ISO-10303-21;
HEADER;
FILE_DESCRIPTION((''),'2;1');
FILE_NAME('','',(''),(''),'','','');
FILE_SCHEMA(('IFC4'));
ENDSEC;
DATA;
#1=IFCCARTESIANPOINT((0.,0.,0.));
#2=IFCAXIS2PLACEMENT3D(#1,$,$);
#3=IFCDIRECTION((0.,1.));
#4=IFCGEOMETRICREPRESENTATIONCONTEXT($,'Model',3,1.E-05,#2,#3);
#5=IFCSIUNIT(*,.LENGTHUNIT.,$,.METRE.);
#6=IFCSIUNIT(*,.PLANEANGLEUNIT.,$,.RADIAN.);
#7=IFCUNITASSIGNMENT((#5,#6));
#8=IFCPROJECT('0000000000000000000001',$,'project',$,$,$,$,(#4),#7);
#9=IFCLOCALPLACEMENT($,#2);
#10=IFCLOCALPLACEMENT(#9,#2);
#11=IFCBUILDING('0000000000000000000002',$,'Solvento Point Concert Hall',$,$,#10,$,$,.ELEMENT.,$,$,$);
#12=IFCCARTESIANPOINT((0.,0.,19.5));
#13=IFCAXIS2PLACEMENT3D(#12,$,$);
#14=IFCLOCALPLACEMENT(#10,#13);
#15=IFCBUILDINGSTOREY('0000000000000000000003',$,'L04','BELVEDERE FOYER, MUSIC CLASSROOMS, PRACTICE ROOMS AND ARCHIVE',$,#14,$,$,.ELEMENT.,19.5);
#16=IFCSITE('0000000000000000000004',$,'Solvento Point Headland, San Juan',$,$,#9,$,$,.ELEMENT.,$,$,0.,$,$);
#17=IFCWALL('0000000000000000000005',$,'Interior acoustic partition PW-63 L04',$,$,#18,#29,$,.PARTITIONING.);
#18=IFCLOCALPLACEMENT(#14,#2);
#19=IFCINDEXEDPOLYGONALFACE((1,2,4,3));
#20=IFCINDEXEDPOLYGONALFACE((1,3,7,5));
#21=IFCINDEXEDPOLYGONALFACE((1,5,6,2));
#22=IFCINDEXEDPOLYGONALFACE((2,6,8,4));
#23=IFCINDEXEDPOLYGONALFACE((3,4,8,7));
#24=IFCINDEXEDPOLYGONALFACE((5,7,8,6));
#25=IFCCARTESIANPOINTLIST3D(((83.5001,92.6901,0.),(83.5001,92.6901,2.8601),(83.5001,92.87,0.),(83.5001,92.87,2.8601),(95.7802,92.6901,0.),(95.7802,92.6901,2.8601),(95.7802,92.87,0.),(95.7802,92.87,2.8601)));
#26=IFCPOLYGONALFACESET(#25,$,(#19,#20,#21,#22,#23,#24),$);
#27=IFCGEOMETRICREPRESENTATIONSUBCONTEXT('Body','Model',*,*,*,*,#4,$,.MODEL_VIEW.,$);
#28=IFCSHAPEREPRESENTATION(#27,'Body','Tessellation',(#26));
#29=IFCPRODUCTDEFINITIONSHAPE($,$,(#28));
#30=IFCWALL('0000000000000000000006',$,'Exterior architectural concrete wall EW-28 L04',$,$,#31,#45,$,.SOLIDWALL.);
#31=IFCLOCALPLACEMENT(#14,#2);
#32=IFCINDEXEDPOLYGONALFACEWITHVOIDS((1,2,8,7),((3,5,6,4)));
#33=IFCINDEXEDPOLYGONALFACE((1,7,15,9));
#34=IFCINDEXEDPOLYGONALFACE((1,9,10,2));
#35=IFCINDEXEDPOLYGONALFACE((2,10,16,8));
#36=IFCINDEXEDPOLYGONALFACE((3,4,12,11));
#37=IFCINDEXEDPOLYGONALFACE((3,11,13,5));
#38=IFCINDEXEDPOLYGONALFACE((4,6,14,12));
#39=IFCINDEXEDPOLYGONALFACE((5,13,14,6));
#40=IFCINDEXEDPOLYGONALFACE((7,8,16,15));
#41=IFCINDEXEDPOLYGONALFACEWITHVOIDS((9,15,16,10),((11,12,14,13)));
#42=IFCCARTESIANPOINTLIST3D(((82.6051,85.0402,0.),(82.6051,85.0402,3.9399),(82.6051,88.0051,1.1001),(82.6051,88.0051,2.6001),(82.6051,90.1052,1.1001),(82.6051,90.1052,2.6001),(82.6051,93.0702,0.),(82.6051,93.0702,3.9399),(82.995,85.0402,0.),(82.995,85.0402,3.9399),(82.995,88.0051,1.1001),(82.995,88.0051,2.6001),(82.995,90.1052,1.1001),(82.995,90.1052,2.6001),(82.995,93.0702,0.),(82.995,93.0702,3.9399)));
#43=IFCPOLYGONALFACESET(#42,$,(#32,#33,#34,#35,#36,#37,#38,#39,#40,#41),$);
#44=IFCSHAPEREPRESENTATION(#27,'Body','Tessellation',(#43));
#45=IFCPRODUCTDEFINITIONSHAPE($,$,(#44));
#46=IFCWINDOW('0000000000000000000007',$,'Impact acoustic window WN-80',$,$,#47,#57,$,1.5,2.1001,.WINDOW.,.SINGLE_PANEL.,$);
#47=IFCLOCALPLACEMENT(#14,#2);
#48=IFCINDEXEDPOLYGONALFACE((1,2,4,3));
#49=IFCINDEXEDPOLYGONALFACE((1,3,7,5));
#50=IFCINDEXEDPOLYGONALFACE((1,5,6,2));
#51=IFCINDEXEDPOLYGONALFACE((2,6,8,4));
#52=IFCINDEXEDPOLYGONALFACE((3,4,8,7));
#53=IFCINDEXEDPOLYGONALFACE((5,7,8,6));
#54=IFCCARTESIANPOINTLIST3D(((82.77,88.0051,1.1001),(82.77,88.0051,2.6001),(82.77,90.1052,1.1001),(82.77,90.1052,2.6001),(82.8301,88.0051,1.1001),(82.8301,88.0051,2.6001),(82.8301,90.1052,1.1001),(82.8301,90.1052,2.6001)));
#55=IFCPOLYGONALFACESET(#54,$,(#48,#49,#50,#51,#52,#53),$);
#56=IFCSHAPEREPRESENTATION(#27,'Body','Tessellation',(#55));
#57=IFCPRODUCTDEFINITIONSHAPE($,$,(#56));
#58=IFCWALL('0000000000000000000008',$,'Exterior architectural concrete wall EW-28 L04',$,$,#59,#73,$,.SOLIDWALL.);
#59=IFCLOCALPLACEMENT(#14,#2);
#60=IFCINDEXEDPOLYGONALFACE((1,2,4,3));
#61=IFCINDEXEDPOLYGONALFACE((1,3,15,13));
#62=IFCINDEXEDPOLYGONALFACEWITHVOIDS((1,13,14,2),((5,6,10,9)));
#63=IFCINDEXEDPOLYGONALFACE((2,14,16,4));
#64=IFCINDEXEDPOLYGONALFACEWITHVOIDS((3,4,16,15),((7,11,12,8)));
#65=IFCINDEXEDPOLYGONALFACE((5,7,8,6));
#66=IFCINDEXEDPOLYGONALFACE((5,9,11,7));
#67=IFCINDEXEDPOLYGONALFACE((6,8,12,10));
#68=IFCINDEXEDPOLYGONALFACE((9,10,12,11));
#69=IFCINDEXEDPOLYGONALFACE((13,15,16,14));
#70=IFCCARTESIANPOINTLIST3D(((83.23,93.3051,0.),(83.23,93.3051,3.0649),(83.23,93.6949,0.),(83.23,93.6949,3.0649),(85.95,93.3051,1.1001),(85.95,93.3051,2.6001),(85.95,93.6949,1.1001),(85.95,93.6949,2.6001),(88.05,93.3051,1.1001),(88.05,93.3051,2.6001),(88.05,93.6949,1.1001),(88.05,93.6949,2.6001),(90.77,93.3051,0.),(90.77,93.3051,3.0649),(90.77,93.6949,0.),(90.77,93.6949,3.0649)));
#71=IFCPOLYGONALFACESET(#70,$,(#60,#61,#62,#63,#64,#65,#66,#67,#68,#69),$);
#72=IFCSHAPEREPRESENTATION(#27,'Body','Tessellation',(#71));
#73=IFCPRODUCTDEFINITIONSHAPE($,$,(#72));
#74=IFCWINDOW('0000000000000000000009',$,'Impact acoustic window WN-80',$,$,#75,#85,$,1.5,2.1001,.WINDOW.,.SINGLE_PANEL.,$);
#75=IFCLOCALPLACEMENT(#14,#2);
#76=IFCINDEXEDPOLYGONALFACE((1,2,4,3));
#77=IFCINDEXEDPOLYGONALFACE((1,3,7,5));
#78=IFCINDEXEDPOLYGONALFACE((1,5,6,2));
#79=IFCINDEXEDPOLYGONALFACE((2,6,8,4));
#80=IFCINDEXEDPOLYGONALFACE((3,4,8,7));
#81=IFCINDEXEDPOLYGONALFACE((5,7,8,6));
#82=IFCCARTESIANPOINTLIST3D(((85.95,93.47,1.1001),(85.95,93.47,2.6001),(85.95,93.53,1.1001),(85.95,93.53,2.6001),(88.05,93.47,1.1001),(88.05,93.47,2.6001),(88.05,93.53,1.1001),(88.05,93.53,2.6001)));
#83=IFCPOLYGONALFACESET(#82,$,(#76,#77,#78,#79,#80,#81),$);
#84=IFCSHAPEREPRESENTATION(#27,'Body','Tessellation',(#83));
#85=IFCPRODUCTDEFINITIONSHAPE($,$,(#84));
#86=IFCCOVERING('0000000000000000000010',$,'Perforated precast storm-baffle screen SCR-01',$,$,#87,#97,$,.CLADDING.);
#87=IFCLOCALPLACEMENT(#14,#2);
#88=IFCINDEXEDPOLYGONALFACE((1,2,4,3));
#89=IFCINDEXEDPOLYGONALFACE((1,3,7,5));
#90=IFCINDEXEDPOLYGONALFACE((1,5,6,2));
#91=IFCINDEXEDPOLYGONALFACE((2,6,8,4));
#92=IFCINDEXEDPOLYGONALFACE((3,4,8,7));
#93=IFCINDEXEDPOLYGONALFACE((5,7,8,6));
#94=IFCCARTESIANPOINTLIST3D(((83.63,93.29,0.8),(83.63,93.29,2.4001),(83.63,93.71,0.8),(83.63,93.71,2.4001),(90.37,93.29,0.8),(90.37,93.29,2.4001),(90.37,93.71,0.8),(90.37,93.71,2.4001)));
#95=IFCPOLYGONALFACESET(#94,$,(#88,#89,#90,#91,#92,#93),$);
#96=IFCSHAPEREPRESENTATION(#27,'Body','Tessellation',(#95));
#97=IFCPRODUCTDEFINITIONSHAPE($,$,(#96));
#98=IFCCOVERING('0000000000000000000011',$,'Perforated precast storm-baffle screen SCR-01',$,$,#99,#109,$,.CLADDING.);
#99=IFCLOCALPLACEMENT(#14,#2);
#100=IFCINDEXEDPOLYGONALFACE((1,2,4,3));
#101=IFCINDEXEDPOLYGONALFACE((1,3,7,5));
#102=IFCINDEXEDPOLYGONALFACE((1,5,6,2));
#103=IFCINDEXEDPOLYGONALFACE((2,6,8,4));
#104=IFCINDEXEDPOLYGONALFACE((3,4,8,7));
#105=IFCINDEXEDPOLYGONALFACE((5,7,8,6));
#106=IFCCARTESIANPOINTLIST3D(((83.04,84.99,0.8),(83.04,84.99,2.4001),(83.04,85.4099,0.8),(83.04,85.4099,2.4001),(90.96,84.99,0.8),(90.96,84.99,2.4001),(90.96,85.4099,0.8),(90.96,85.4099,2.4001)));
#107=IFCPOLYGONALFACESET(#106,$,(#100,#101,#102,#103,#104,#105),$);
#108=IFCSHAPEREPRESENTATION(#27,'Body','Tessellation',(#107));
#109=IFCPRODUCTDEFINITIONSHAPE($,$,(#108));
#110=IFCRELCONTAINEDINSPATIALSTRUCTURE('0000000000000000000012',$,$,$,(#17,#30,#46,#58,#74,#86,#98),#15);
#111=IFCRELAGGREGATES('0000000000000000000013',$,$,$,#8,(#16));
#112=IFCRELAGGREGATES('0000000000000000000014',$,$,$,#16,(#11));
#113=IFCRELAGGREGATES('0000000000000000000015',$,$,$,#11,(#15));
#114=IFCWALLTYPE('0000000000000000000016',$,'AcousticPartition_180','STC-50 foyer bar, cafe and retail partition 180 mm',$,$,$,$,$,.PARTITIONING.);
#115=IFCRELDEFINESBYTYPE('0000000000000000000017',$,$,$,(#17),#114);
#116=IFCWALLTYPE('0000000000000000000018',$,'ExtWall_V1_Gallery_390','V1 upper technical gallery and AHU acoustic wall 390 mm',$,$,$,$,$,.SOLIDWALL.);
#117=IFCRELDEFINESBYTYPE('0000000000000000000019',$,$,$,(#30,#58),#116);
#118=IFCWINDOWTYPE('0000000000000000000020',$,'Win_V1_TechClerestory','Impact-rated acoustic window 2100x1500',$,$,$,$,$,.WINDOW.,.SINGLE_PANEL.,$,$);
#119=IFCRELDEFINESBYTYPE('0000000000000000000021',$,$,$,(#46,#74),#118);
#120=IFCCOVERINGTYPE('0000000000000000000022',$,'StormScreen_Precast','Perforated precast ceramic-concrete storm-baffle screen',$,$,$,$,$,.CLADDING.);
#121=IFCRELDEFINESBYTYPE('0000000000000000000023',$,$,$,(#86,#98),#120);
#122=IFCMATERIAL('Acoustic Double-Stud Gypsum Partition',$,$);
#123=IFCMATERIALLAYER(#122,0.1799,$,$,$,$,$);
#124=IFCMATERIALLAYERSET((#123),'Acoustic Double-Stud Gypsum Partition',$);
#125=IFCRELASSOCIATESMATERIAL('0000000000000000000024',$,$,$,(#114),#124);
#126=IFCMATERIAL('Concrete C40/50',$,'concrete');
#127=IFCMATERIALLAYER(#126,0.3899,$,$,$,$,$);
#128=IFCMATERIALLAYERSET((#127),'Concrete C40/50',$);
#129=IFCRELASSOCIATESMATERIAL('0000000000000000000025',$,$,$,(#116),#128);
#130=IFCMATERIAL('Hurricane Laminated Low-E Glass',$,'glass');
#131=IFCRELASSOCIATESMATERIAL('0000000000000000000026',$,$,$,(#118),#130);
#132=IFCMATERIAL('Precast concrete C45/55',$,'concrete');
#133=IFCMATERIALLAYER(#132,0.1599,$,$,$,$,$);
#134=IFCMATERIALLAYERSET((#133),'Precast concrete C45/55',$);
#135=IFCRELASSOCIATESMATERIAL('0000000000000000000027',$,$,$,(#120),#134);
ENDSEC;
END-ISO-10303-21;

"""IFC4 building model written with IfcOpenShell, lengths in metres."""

from ifc_helpers import new_model, si_unit, direction, frame, frame_2d, origin, origin_2d, place, context, subcontext, project, spatial, rectangle, extrude, material, layer, layer_set, type_object, element, fill, save


model = new_model("IFC4")

# Units and contexts
model_context = context("Model", 3, precision=1e-05, world=origin(), true_north=direction((0.0, 1.0)))
body_context = subcontext(model_context, "Body", "Model", "MODEL_VIEW")
ifc_project = project(units=[si_unit("LENGTHUNIT", "METRE"), si_unit("PLANEANGLEUNIT", "RADIAN")], contexts=[model_context])

# Site, building, storey
site_placement = place(None, origin())
site = spatial("IfcSite", under=ifc_project, at=site_placement, Name="Solvento Point Headland, San Juan", CompositionType="ELEMENT", RefElevation=0.0)
building_placement = place(site_placement, origin())
building = spatial("IfcBuilding", under=site, at=building_placement, Name="Solvento Point Concert Hall", CompositionType="ELEMENT")
storey_placement = place(building_placement, frame((0.0, 0.0, 19.5)))
storey = spatial("IfcBuildingStorey", under=building, at=storey_placement, Name="L04", Description="BELVEDERE FOYER, MUSIC CLASSROOMS, PRACTICE ROOMS AND ARCHIVE", CompositionType="ELEMENT", Elevation=19.5)

# Wall
ifc_material_1 = material(Name="Acoustic Double-Stud Gypsum Partition")
ifc_layer_1 = layer(ifc_material_1, 0.1799)
ifc_layer_set_1 = layer_set([ifc_layer_1], Name="Acoustic Double-Stud Gypsum Partition")
wall_type_1 = type_object("IfcWallType", Name="AcousticPartition_180", Description="STC-50 foyer bar, cafe and retail partition 180 mm", PredefinedType="PARTITIONING", material=ifc_layer_set_1)
wall_1_placement = place(storey_placement, frame((83.5, 92.78, 0.0), z_axis=(0.0, 0.0, 1.0), x_axis=(1.0, 0.0, 0.0)))
element("IfcWall", 1, at=wall_1_placement, inside=storey, type_object=wall_type_1, Name="Interior acoustic partition PW-63 L04", PredefinedType="PARTITIONING", context=body_context, shape_type="SweptSolid", body=[
    extrude(rectangle(XDim=12.28, YDim=0.1799, at=frame_2d((6.1401, 0.0))), origin(), (0.0, 0.0, 1.0), 2.8601),
])

# Walls, openings, windows
ifc_material_2 = material(Name="Concrete C40/50", Category="concrete")
ifc_layer_2 = layer(ifc_material_2, 0.3899)
ifc_layer_set_2 = layer_set([ifc_layer_2], Name="Concrete C40/50")
wall_type_2 = type_object("IfcWallType", Name="ExtWall_V1_Gallery_390", Description="V1 upper technical gallery and AHU acoustic wall 390 mm", PredefinedType="SOLIDWALL", material=ifc_layer_set_2)
wall_2_placement = place(storey_placement, frame((82.8, 85.04, 0.0), z_axis=(0.0, 0.0, 1.0), x_axis=(0.0, 1.0, 0.0)))
wall_2 = element("IfcWall", 2, at=wall_2_placement, inside=storey, type_object=wall_type_2, Name="Exterior architectural concrete wall EW-28 L04", PredefinedType="SOLIDWALL", context=body_context, shape_type="SweptSolid", body=[
    extrude(rectangle(XDim=8.03, YDim=0.3899, at=frame_2d((4.0151, 0.0))), origin(), (0.0, 0.0, 1.0), 3.9399),
])
opening_1_placement = place(wall_2_placement, frame((2.9651, 0.0, 1.1001)))
opening_1 = element("IfcOpeningElement", 3, at=opening_1_placement, cuts=wall_2, PredefinedType="OPENING", context=body_context, shape_type="SweptSolid", body=[
    extrude(rectangle(XDim=2.1001, YDim=1.5, at=frame_2d((1.05, 0.75))), frame((0.0, 0.2048, 0.0), z_axis=(0.0, -1.0, 0.0), x_axis=(1.0, 0.0, 0.0)), (0.0, 0.0, 1.0), 0.4099),
])
ifc_material_3 = material(Name="Hurricane Laminated Low-E Glass", Category="glass")
window_type = type_object("IfcWindowType", Name="Win_V1_TechClerestory", Description="Impact-rated acoustic window 2100x1500", PartitioningType="SINGLE_PANEL", PredefinedType="WINDOW", material=ifc_material_3)
window_1_placement = place(opening_1_placement, origin())
window_1 = element("IfcWindow", 4, at=window_1_placement, inside=storey, type_object=window_type, Name="Impact acoustic window WN-80", OverallHeight=1.5, OverallWidth=2.1001, PartitioningType="SINGLE_PANEL", PredefinedType="WINDOW", context=body_context, shape_type="SweptSolid", body=[
    extrude(rectangle(XDim=2.1001, YDim=1.5, at=frame_2d((1.05, 0.75))), frame((0.0, 0.03, 0.0), z_axis=(0.0, -1.0, 0.0), x_axis=(1.0, 0.0, 0.0)), (0.0, 0.0, 1.0), 0.0601),
])
fill(opening_1, window_1)
wall_3_placement = place(storey_placement, frame((83.23, 93.5, 0.0), z_axis=(0.0, 0.0, 1.0), x_axis=(1.0, 0.0, 0.0)))
wall_3 = element("IfcWall", 5, at=wall_3_placement, inside=storey, type_object=wall_type_2, Name="Exterior architectural concrete wall EW-28 L04", PredefinedType="SOLIDWALL", context=body_context, shape_type="SweptSolid", body=[
    extrude(rectangle(XDim=7.54, YDim=0.3899, at=frame_2d((3.77, 0.0))), origin(), (0.0, 0.0, 1.0), 3.0649),
])
opening_2_placement = place(wall_3_placement, frame((2.72, 0.0, 1.1001)))
opening_2 = element("IfcOpeningElement", 6, at=opening_2_placement, cuts=wall_3, PredefinedType="OPENING", context=body_context, shape_type="SweptSolid", body=[
    extrude(rectangle(XDim=2.1001, YDim=1.5, at=frame_2d((1.05, 0.75))), frame((0.0, 0.2048, 0.0), z_axis=(0.0, -1.0, 0.0), x_axis=(1.0, 0.0, 0.0)), (0.0, 0.0, 1.0), 0.4099),
])
window_2_placement = place(opening_2_placement, origin())
window_2 = element("IfcWindow", 7, at=window_2_placement, inside=storey, type_object=window_type, Name="Impact acoustic window WN-80", OverallHeight=1.5, OverallWidth=2.1001, PartitioningType="SINGLE_PANEL", PredefinedType="WINDOW", context=body_context, shape_type="SweptSolid", body=[
    extrude(rectangle(XDim=2.1001, YDim=1.5, at=frame_2d((1.05, 0.75))), frame((0.0, 0.03, 0.0), z_axis=(0.0, -1.0, 0.0), x_axis=(1.0, 0.0, 0.0)), (0.0, 0.0, 1.0), 0.0601),
])
fill(opening_2, window_2)

# Coverings
ifc_material_4 = material(Name="Precast concrete C45/55", Category="concrete")
ifc_layer_3 = layer(ifc_material_4, 0.1599)
ifc_layer_set_3 = layer_set([ifc_layer_3], Name="Precast concrete C45/55")
covering_type = type_object("IfcCoveringType", Name="StormScreen_Precast", Description="Perforated precast ceramic-concrete storm-baffle screen", PredefinedType="CLADDING", material=ifc_layer_set_3)
covering_1_placement = place(storey_placement, frame((87.0, 93.5, 0.8), z_axis=(0.0, 0.0, 1.0), x_axis=(1.0, 0.0, 0.0)))
element("IfcCovering", 8, at=covering_1_placement, inside=storey, type_object=covering_type, Name="Perforated precast storm-baffle screen SCR-01", PredefinedType="CLADDING", context=body_context, shape_type="SweptSolid", body=[
    extrude(rectangle(XDim=6.74, YDim=0.4199, at=origin_2d()), origin(), (0.0, 0.0, 1.0), 1.6001),
])
covering_2_placement = place(storey_placement, frame((87.0, 85.2, 0.8), z_axis=(0.0, 0.0, 1.0), x_axis=(-1.0, 0.0, 0.0)))
element("IfcCovering", 9, at=covering_2_placement, inside=storey, type_object=covering_type, Name="Perforated precast storm-baffle screen SCR-01", PredefinedType="CLADDING", context=body_context, shape_type="SweptSolid", body=[
    extrude(rectangle(XDim=7.9199, YDim=0.4199, at=origin_2d()), origin(), (0.0, 0.0, 1.0), 1.6001),
])

save(model, "model.ifc")
